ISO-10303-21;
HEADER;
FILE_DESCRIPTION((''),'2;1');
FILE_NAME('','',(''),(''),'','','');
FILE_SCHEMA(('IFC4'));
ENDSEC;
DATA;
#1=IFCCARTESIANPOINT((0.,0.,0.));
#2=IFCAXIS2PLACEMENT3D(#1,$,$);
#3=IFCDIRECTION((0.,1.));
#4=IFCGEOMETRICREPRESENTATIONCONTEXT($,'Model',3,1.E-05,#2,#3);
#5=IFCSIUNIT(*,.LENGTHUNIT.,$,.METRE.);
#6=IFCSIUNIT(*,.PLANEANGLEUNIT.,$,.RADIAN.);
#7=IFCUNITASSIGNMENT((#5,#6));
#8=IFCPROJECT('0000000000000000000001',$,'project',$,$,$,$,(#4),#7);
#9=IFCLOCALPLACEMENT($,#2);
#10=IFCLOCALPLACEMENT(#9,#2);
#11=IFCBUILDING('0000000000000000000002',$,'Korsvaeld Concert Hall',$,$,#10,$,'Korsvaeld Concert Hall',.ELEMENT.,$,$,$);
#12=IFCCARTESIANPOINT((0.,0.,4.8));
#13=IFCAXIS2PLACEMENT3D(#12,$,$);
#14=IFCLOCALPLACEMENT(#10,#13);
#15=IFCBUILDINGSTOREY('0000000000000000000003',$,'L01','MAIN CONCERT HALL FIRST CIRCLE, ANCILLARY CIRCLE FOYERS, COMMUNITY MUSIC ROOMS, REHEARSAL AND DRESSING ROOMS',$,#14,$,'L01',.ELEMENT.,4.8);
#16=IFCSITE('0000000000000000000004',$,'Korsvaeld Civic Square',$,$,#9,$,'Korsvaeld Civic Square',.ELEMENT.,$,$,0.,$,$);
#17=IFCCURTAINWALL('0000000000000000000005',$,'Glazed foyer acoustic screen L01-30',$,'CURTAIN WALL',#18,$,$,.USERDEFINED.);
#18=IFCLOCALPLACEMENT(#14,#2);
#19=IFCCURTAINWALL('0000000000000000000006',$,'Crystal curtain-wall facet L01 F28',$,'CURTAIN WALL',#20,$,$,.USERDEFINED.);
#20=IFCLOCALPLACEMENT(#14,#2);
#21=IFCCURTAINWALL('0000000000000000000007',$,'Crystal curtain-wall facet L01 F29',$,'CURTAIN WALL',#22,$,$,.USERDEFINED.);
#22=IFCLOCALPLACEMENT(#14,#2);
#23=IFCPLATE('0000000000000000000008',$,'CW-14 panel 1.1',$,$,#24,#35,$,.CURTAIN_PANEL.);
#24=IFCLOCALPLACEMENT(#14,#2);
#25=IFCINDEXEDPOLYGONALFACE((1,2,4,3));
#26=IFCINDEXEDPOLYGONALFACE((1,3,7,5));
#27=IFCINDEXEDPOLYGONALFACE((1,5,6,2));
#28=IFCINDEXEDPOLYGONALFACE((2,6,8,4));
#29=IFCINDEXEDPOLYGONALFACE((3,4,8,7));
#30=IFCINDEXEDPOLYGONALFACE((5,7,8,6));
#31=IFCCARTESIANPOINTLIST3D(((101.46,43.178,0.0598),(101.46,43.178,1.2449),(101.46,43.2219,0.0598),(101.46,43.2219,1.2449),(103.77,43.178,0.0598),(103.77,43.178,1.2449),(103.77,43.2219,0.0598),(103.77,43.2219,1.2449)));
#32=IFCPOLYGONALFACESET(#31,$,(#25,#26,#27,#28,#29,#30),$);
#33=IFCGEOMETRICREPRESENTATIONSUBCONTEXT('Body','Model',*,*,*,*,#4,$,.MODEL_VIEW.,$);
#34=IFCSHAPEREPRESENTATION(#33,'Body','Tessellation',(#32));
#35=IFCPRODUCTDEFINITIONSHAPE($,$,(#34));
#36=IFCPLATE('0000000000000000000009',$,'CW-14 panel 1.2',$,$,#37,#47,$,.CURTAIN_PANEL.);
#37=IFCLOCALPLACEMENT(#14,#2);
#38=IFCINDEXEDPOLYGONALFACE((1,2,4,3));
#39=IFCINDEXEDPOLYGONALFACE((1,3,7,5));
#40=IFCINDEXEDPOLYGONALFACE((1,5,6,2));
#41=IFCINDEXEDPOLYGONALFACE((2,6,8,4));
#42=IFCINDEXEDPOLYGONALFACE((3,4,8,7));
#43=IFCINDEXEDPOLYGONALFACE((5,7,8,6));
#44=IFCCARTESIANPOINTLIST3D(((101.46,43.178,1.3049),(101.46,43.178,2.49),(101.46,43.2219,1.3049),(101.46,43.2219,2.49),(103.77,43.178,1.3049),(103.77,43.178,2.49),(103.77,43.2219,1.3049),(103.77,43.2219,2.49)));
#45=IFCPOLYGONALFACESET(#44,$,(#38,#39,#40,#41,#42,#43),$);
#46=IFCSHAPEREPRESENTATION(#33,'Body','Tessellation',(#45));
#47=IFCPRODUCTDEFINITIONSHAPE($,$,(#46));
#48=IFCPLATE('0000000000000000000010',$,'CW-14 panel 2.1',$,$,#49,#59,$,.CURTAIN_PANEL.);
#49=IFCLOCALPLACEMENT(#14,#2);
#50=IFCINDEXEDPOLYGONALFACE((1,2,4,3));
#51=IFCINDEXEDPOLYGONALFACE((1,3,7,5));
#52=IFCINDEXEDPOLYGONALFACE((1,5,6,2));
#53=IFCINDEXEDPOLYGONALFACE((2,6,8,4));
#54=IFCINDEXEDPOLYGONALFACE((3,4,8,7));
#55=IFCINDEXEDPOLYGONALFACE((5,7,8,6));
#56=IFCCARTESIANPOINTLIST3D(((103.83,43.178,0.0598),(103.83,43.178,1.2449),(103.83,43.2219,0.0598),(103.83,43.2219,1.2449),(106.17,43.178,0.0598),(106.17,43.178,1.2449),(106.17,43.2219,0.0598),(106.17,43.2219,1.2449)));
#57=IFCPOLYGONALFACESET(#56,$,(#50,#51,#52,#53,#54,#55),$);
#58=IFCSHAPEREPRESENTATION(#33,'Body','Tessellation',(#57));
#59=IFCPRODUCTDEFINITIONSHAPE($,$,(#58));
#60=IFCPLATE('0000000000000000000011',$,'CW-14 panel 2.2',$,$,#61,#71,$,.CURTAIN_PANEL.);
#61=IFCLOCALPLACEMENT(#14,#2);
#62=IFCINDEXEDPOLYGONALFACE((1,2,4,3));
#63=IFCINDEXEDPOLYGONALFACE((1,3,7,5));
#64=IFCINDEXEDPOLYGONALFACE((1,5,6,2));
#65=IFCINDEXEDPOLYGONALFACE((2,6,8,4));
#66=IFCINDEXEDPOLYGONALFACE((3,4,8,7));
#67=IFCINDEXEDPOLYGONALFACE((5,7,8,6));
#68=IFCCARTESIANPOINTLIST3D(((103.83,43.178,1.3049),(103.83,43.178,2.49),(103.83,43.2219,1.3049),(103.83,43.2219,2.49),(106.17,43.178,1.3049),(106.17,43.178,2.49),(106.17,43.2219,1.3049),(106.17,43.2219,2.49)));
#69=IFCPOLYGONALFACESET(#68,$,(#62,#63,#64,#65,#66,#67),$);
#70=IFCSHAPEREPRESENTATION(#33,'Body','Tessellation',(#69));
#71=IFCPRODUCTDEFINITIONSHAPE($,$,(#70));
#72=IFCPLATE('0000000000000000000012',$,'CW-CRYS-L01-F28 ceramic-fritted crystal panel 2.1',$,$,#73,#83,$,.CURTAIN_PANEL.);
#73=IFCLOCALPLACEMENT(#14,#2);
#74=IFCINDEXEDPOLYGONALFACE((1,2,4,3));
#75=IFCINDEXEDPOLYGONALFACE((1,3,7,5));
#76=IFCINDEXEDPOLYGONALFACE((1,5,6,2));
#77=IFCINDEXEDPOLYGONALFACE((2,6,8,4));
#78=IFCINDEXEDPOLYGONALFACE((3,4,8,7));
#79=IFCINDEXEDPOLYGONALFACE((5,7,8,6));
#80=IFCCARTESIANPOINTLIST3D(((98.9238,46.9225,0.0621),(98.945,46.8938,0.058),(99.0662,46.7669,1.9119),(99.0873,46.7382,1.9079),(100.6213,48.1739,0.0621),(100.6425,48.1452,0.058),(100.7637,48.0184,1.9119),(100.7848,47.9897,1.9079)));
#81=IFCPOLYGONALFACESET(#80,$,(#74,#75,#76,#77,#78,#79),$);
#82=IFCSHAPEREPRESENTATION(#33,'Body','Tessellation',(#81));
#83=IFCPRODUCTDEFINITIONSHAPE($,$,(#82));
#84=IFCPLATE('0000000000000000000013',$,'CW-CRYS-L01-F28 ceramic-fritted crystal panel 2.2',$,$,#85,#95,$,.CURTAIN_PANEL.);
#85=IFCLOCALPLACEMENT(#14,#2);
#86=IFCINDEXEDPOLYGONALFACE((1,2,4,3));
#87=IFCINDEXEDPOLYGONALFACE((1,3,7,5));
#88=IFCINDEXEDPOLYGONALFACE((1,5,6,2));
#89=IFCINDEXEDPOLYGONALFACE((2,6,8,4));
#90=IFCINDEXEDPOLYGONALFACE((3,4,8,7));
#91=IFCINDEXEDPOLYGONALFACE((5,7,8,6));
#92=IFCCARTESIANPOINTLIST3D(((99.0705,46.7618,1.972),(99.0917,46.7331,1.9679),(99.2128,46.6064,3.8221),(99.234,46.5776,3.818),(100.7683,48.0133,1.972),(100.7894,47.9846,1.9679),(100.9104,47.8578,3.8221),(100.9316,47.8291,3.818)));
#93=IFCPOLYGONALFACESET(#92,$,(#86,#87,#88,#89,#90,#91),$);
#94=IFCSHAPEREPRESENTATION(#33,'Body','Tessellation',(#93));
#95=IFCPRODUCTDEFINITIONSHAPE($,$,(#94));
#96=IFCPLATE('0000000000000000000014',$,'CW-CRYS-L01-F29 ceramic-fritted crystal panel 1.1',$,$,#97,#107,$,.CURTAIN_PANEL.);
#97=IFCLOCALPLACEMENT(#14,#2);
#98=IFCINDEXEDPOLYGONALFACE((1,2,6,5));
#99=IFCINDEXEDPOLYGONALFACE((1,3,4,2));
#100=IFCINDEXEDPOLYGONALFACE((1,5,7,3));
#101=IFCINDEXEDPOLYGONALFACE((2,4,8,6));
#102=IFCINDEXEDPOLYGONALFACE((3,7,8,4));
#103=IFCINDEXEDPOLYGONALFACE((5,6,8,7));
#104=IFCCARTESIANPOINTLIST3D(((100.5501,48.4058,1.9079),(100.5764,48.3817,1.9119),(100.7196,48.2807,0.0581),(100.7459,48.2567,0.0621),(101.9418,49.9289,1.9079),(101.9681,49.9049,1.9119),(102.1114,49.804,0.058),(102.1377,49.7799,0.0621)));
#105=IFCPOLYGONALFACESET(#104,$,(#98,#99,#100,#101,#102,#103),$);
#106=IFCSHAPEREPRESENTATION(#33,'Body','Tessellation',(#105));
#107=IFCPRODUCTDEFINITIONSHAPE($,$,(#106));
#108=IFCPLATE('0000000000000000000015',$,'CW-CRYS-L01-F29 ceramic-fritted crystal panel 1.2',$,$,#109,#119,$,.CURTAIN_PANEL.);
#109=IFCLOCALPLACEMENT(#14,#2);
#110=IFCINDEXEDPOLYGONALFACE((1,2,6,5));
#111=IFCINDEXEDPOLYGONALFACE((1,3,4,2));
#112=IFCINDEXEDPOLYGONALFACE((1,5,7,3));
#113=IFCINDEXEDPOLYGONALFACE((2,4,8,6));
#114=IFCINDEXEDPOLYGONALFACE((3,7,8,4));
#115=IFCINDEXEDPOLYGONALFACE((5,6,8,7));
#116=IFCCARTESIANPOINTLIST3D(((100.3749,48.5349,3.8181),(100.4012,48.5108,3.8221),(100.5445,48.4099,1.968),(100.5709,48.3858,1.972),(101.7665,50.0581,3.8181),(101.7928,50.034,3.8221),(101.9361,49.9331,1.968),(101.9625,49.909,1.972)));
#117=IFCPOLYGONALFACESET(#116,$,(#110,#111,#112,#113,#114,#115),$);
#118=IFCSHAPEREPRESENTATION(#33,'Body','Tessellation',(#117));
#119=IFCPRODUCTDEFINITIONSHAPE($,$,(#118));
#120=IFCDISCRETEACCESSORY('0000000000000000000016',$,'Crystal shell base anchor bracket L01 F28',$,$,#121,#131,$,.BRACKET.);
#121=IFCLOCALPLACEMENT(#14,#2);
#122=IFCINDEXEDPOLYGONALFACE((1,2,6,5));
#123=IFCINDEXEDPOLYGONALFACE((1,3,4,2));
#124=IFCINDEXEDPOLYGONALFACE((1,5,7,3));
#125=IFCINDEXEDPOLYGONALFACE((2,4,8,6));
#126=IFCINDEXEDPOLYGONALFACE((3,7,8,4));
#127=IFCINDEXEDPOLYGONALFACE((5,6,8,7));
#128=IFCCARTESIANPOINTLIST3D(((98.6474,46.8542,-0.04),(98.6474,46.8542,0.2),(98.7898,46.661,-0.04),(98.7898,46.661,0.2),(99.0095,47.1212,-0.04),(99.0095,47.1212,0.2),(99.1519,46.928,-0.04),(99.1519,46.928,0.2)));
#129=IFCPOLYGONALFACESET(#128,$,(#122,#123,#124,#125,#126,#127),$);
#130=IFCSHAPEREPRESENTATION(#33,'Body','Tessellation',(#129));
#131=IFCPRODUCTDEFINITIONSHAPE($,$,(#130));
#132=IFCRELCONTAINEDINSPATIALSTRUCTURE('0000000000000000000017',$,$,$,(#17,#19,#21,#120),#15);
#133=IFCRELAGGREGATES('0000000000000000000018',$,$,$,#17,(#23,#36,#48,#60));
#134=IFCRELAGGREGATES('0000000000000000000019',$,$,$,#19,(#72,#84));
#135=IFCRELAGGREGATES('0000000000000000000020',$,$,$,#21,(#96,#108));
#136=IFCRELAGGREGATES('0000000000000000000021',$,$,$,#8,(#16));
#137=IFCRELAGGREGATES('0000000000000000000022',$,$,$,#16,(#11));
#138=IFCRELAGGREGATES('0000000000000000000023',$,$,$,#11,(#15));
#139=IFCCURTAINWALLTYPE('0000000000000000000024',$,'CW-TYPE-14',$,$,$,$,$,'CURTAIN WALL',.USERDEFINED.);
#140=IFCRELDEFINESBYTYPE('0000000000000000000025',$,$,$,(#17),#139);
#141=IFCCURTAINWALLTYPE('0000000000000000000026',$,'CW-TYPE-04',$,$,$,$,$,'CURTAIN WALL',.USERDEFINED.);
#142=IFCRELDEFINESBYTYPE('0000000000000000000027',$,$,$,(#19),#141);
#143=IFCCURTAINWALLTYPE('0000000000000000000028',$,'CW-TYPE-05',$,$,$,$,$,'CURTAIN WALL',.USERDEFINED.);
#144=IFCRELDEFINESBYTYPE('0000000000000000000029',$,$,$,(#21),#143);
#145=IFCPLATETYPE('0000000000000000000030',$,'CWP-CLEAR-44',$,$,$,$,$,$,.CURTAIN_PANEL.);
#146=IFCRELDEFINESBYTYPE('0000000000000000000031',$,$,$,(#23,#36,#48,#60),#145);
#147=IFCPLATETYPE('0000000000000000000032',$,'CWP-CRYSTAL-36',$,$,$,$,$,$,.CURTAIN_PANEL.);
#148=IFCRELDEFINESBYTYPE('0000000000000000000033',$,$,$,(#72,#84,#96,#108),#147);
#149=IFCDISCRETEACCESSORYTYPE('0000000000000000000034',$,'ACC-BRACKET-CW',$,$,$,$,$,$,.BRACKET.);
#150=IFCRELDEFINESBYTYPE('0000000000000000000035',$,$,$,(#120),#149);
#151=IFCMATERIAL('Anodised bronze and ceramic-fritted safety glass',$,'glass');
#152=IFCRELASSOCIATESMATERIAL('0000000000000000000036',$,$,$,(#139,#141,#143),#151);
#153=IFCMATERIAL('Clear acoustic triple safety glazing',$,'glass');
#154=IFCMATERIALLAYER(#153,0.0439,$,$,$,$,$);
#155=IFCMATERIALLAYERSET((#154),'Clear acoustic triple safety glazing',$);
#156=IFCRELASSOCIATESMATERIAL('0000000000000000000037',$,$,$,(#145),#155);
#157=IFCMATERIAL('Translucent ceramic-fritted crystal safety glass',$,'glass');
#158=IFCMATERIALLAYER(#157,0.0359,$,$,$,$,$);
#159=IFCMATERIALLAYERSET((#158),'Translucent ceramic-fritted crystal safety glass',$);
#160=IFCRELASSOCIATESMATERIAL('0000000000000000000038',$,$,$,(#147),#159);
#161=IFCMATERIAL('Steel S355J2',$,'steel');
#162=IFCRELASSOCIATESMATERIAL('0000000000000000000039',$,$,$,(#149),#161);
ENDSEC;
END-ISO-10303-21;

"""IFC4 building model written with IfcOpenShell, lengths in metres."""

from ifc_helpers import new_model, si_unit, direction, frame, origin, origin_2d, place, context, subcontext, project, spatial, polyline, rectangle, outline, extrude, material, layer, layer_set, type_object, element, aggregate, save


model = new_model("IFC4")

# Units and contexts
model_context = context("Model", 3, precision=1e-05, world=origin(), true_north=direction((0.0, 1.0)))
body_context = subcontext(model_context, "Body", "Model", "MODEL_VIEW")
ifc_project = project(units=[si_unit("LENGTHUNIT", "METRE"), si_unit("PLANEANGLEUNIT", "RADIAN")], contexts=[model_context])

# Site, building, storey
site_placement = place(None, origin())
site = spatial("IfcSite", under=ifc_project, at=site_placement, Name="Korsvaeld Civic Square", LongName="Korsvaeld Civic Square", CompositionType="ELEMENT", RefElevation=0.0)
building_placement = place(site_placement, origin())
building = spatial("IfcBuilding", under=site, at=building_placement, Name="Korsvaeld Concert Hall", LongName="Korsvaeld Concert Hall", CompositionType="ELEMENT")
storey_placement = place(building_placement, frame((0.0, 0.0, 4.8)))
storey = spatial("IfcBuildingStorey", under=building, at=storey_placement, Name="L01", Description="MAIN CONCERT HALL FIRST CIRCLE, ANCILLARY CIRCLE FOYERS, COMMUNITY MUSIC ROOMS, REHEARSAL AND DRESSING ROOMS", LongName="L01", CompositionType="ELEMENT", Elevation=4.8)

# Shared definitions
ifc_material_1 = material(Name="Anodised bronze and ceramic-fritted safety glass", Category="glass")

# Curtain walls
curtain_wall_type_1 = type_object("IfcCurtainWallType", Name="CW-TYPE-14", ElementType="CURTAIN WALL", PredefinedType="USERDEFINED", material=ifc_material_1)
curtain_wall_1_placement = place(storey_placement, origin())
curtain_wall_1 = element("IfcCurtainWall", 1, at=curtain_wall_1_placement, inside=storey, type_object=curtain_wall_type_1, Name="Glazed foyer acoustic screen L01-30", ObjectType="CURTAIN WALL", PredefinedType="USERDEFINED")
curtain_wall_type_2 = type_object("IfcCurtainWallType", Name="CW-TYPE-04", ElementType="CURTAIN WALL", PredefinedType="USERDEFINED", material=ifc_material_1)
curtain_wall_2_placement = place(storey_placement, origin())
curtain_wall_2 = element("IfcCurtainWall", 2, at=curtain_wall_2_placement, inside=storey, type_object=curtain_wall_type_2, Name="Crystal curtain-wall facet L01 F28", ObjectType="CURTAIN WALL", PredefinedType="USERDEFINED")

# Curtain wall
curtain_wall_type_3 = type_object("IfcCurtainWallType", Name="CW-TYPE-05", ElementType="CURTAIN WALL", PredefinedType="USERDEFINED", material=ifc_material_1)
curtain_wall_3_placement = place(storey_placement, origin())
curtain_wall_3 = element("IfcCurtainWall", 3, at=curtain_wall_3_placement, inside=storey, type_object=curtain_wall_type_3, Name="Crystal curtain-wall facet L01 F29", ObjectType="CURTAIN WALL", PredefinedType="USERDEFINED")

# Plates
ifc_material_2 = material(Name="Clear acoustic triple safety glazing", Category="glass")
ifc_layer_1 = layer(ifc_material_2, 0.0439)
ifc_layer_set_1 = layer_set([ifc_layer_1], Name="Clear acoustic triple safety glazing")
plate_type_1 = type_object("IfcPlateType", Name="CWP-CLEAR-44", PredefinedType="CURTAIN_PANEL", material=ifc_layer_set_1)
plate_1_placement = place(storey_placement, frame((102.615, 43.2, 0.0598), z_axis=(0.0, 0.0, 1.0), x_axis=(1.0, 0.0, 0.0)))
plate_1 = element("IfcPlate", 4, at=plate_1_placement, type_object=plate_type_1, Name="CW-14 panel 1.1", PredefinedType="CURTAIN_PANEL", context=body_context, shape_type="SweptSolid", body=[
    extrude(rectangle(XDim=2.3101, YDim=0.0439, at=origin_2d()), origin(), (0.0, 0.0, 1.0), 1.1851),
])
plate_2_placement = place(storey_placement, frame((102.615, 43.2, 1.3049), z_axis=(0.0, 0.0, 1.0), x_axis=(1.0, 0.0, 0.0)))
plate_2 = element("IfcPlate", 5, at=plate_2_placement, type_object=plate_type_1, Name="CW-14 panel 1.2", PredefinedType="CURTAIN_PANEL", context=body_context, shape_type="SweptSolid", body=[
    extrude(rectangle(XDim=2.3101, YDim=0.0439, at=origin_2d()), origin(), (0.0, 0.0, 1.0), 1.1851),
])
plate_3_placement = place(storey_placement, frame((105.0, 43.2, 0.0598), z_axis=(0.0, 0.0, 1.0), x_axis=(1.0, 0.0, 0.0)))
plate_3 = element("IfcPlate", 6, at=plate_3_placement, type_object=plate_type_1, Name="CW-14 panel 2.1", PredefinedType="CURTAIN_PANEL", context=body_context, shape_type="SweptSolid", body=[
    extrude(rectangle(XDim=2.3401, YDim=0.0439, at=origin_2d()), origin(), (0.0, 0.0, 1.0), 1.1851),
])
plate_4_placement = place(storey_placement, frame((105.0, 43.2, 1.3049), z_axis=(0.0, 0.0, 1.0), x_axis=(1.0, 0.0, 0.0)))
plate_4 = element("IfcPlate", 7, at=plate_4_placement, type_object=plate_type_1, Name="CW-14 panel 2.2", PredefinedType="CURTAIN_PANEL", context=body_context, shape_type="SweptSolid", body=[
    extrude(rectangle(XDim=2.3401, YDim=0.0439, at=origin_2d()), origin(), (0.0, 0.0, 1.0), 1.1851),
])
aggregate(curtain_wall_1, [plate_1, plate_2, plate_3, plate_4])
ifc_material_3 = material(Name="Translucent ceramic-fritted crystal safety glass", Category="glass")
ifc_layer_2 = layer(ifc_material_3, 0.0359)
ifc_layer_set_2 = layer_set([ifc_layer_2], Name="Translucent ceramic-fritted crystal safety glass")
plate_type_2 = type_object("IfcPlateType", Name="CWP-CRYSTAL-36", PredefinedType="CURTAIN_PANEL", material=ifc_layer_set_2)
plate_5_placement = place(storey_placement, frame((98.9343, 46.9082, 0.0601), z_axis=(0.58963, -0.799785, -0.112606), x_axis=(0.804905, 0.593404, 0.0)))
plate_5 = element("IfcPlate", 8, at=plate_5_placement, type_object=plate_type_2, Name="CW-CRYS-L01-F28 ceramic-fritted crystal panel 2.1", PredefinedType="CURTAIN_PANEL", context=body_context, shape_type="SweptSolid", body=[
    extrude(outline(polyline([(0.0, 0.0), (2.109, 0.0), (2.1312, 1.8617), (0.0223, 1.8617), (0.0, 0.0)])), frame((0.0, 0.0, 0.0181)), (0.0, 0.0, -1.0), 0.0359),
])
plate_6_placement = place(storey_placement, frame((99.0811, 46.7476, 1.97), z_axis=(0.589606, -0.79981, -0.112553), x_axis=(0.804925, 0.593376, 0.000004)))
plate_6 = element("IfcPlate", 9, at=plate_6_placement, type_object=plate_type_2, Name="CW-CRYS-L01-F28 ceramic-fritted crystal panel 2.2", PredefinedType="CURTAIN_PANEL", context=body_context, shape_type="SweptSolid", body=[
    extrude(outline(polyline([(0.0, 0.0), (2.1092, 0.0), (2.1313, 1.8619), (0.0223, 1.8619), (0.0, 0.0)])), frame((0.0, 0.0, 0.0181)), (0.0, 0.0, -1.0), 0.0359),
])
aggregate(curtain_wall_2, [plate_5, plate_6])
plate_7_placement = place(storey_placement, frame((100.7327, 48.2688, 0.0601), z_axis=(0.73356, -0.670245, 0.112528), x_axis=(0.674529, 0.738248, -0.000005)))
plate_7 = element("IfcPlate", 10, at=plate_7_placement, type_object=plate_type_2, Name="CW-CRYS-L01-F29 ceramic-fritted crystal panel 1.1", PredefinedType="CURTAIN_PANEL", context=body_context, shape_type="SweptSolid", body=[
    extrude(outline(polyline([(0.0, 0.0), (2.0633, 0.0), (2.0412, 1.8617), (-0.022, 1.8617), (0.0, 0.0)])), frame((0.0, 0.0, 0.0181)), (0.0, 0.0, -1.0), 0.0359),
])
plate_8_placement = place(storey_placement, frame((100.5576, 48.3979, 1.97), z_axis=(0.733586, -0.67021, 0.112561), x_axis=(0.674497, 0.738278, 0.0)))
plate_8 = element("IfcPlate", 11, at=plate_8_placement, type_object=plate_type_2, Name="CW-CRYS-L01-F29 ceramic-fritted crystal panel 1.2", PredefinedType="CURTAIN_PANEL", context=body_context, shape_type="SweptSolid", body=[
    extrude(outline(polyline([(0.0, 0.0), (2.0632, 0.0), (2.041, 1.8619), (-0.0222, 1.8619), (0.0, 0.0)])), frame((0.0, 0.0, 0.0181)), (0.0, 0.0, -1.0), 0.0359),
])
aggregate(curtain_wall_3, [plate_7, plate_8])

# Discrete accessory
ifc_material_4 = material(Name="Steel S355J2", Category="steel")
discrete_accessory_type = type_object("IfcDiscreteAccessoryType", Name="ACC-BRACKET-CW", PredefinedType="BRACKET", material=ifc_material_4)
discrete_accessory_placement = place(storey_placement, frame((98.8997, 46.8911, -0.04), z_axis=(0.0, 0.0, 1.0), x_axis=(0.804894, 0.593419, 0.0)))
element("IfcDiscreteAccessory", 12, at=discrete_accessory_placement, inside=storey, type_object=discrete_accessory_type, Name="Crystal shell base anchor bracket L01 F28", PredefinedType="BRACKET", context=body_context, shape_type="SweptSolid", body=[
    extrude(rectangle(XDim=0.45, YDim=0.24, at=origin_2d()), origin(), (0.0, 0.0, 1.0), 0.24),
])

save(model, "model.ifc")
